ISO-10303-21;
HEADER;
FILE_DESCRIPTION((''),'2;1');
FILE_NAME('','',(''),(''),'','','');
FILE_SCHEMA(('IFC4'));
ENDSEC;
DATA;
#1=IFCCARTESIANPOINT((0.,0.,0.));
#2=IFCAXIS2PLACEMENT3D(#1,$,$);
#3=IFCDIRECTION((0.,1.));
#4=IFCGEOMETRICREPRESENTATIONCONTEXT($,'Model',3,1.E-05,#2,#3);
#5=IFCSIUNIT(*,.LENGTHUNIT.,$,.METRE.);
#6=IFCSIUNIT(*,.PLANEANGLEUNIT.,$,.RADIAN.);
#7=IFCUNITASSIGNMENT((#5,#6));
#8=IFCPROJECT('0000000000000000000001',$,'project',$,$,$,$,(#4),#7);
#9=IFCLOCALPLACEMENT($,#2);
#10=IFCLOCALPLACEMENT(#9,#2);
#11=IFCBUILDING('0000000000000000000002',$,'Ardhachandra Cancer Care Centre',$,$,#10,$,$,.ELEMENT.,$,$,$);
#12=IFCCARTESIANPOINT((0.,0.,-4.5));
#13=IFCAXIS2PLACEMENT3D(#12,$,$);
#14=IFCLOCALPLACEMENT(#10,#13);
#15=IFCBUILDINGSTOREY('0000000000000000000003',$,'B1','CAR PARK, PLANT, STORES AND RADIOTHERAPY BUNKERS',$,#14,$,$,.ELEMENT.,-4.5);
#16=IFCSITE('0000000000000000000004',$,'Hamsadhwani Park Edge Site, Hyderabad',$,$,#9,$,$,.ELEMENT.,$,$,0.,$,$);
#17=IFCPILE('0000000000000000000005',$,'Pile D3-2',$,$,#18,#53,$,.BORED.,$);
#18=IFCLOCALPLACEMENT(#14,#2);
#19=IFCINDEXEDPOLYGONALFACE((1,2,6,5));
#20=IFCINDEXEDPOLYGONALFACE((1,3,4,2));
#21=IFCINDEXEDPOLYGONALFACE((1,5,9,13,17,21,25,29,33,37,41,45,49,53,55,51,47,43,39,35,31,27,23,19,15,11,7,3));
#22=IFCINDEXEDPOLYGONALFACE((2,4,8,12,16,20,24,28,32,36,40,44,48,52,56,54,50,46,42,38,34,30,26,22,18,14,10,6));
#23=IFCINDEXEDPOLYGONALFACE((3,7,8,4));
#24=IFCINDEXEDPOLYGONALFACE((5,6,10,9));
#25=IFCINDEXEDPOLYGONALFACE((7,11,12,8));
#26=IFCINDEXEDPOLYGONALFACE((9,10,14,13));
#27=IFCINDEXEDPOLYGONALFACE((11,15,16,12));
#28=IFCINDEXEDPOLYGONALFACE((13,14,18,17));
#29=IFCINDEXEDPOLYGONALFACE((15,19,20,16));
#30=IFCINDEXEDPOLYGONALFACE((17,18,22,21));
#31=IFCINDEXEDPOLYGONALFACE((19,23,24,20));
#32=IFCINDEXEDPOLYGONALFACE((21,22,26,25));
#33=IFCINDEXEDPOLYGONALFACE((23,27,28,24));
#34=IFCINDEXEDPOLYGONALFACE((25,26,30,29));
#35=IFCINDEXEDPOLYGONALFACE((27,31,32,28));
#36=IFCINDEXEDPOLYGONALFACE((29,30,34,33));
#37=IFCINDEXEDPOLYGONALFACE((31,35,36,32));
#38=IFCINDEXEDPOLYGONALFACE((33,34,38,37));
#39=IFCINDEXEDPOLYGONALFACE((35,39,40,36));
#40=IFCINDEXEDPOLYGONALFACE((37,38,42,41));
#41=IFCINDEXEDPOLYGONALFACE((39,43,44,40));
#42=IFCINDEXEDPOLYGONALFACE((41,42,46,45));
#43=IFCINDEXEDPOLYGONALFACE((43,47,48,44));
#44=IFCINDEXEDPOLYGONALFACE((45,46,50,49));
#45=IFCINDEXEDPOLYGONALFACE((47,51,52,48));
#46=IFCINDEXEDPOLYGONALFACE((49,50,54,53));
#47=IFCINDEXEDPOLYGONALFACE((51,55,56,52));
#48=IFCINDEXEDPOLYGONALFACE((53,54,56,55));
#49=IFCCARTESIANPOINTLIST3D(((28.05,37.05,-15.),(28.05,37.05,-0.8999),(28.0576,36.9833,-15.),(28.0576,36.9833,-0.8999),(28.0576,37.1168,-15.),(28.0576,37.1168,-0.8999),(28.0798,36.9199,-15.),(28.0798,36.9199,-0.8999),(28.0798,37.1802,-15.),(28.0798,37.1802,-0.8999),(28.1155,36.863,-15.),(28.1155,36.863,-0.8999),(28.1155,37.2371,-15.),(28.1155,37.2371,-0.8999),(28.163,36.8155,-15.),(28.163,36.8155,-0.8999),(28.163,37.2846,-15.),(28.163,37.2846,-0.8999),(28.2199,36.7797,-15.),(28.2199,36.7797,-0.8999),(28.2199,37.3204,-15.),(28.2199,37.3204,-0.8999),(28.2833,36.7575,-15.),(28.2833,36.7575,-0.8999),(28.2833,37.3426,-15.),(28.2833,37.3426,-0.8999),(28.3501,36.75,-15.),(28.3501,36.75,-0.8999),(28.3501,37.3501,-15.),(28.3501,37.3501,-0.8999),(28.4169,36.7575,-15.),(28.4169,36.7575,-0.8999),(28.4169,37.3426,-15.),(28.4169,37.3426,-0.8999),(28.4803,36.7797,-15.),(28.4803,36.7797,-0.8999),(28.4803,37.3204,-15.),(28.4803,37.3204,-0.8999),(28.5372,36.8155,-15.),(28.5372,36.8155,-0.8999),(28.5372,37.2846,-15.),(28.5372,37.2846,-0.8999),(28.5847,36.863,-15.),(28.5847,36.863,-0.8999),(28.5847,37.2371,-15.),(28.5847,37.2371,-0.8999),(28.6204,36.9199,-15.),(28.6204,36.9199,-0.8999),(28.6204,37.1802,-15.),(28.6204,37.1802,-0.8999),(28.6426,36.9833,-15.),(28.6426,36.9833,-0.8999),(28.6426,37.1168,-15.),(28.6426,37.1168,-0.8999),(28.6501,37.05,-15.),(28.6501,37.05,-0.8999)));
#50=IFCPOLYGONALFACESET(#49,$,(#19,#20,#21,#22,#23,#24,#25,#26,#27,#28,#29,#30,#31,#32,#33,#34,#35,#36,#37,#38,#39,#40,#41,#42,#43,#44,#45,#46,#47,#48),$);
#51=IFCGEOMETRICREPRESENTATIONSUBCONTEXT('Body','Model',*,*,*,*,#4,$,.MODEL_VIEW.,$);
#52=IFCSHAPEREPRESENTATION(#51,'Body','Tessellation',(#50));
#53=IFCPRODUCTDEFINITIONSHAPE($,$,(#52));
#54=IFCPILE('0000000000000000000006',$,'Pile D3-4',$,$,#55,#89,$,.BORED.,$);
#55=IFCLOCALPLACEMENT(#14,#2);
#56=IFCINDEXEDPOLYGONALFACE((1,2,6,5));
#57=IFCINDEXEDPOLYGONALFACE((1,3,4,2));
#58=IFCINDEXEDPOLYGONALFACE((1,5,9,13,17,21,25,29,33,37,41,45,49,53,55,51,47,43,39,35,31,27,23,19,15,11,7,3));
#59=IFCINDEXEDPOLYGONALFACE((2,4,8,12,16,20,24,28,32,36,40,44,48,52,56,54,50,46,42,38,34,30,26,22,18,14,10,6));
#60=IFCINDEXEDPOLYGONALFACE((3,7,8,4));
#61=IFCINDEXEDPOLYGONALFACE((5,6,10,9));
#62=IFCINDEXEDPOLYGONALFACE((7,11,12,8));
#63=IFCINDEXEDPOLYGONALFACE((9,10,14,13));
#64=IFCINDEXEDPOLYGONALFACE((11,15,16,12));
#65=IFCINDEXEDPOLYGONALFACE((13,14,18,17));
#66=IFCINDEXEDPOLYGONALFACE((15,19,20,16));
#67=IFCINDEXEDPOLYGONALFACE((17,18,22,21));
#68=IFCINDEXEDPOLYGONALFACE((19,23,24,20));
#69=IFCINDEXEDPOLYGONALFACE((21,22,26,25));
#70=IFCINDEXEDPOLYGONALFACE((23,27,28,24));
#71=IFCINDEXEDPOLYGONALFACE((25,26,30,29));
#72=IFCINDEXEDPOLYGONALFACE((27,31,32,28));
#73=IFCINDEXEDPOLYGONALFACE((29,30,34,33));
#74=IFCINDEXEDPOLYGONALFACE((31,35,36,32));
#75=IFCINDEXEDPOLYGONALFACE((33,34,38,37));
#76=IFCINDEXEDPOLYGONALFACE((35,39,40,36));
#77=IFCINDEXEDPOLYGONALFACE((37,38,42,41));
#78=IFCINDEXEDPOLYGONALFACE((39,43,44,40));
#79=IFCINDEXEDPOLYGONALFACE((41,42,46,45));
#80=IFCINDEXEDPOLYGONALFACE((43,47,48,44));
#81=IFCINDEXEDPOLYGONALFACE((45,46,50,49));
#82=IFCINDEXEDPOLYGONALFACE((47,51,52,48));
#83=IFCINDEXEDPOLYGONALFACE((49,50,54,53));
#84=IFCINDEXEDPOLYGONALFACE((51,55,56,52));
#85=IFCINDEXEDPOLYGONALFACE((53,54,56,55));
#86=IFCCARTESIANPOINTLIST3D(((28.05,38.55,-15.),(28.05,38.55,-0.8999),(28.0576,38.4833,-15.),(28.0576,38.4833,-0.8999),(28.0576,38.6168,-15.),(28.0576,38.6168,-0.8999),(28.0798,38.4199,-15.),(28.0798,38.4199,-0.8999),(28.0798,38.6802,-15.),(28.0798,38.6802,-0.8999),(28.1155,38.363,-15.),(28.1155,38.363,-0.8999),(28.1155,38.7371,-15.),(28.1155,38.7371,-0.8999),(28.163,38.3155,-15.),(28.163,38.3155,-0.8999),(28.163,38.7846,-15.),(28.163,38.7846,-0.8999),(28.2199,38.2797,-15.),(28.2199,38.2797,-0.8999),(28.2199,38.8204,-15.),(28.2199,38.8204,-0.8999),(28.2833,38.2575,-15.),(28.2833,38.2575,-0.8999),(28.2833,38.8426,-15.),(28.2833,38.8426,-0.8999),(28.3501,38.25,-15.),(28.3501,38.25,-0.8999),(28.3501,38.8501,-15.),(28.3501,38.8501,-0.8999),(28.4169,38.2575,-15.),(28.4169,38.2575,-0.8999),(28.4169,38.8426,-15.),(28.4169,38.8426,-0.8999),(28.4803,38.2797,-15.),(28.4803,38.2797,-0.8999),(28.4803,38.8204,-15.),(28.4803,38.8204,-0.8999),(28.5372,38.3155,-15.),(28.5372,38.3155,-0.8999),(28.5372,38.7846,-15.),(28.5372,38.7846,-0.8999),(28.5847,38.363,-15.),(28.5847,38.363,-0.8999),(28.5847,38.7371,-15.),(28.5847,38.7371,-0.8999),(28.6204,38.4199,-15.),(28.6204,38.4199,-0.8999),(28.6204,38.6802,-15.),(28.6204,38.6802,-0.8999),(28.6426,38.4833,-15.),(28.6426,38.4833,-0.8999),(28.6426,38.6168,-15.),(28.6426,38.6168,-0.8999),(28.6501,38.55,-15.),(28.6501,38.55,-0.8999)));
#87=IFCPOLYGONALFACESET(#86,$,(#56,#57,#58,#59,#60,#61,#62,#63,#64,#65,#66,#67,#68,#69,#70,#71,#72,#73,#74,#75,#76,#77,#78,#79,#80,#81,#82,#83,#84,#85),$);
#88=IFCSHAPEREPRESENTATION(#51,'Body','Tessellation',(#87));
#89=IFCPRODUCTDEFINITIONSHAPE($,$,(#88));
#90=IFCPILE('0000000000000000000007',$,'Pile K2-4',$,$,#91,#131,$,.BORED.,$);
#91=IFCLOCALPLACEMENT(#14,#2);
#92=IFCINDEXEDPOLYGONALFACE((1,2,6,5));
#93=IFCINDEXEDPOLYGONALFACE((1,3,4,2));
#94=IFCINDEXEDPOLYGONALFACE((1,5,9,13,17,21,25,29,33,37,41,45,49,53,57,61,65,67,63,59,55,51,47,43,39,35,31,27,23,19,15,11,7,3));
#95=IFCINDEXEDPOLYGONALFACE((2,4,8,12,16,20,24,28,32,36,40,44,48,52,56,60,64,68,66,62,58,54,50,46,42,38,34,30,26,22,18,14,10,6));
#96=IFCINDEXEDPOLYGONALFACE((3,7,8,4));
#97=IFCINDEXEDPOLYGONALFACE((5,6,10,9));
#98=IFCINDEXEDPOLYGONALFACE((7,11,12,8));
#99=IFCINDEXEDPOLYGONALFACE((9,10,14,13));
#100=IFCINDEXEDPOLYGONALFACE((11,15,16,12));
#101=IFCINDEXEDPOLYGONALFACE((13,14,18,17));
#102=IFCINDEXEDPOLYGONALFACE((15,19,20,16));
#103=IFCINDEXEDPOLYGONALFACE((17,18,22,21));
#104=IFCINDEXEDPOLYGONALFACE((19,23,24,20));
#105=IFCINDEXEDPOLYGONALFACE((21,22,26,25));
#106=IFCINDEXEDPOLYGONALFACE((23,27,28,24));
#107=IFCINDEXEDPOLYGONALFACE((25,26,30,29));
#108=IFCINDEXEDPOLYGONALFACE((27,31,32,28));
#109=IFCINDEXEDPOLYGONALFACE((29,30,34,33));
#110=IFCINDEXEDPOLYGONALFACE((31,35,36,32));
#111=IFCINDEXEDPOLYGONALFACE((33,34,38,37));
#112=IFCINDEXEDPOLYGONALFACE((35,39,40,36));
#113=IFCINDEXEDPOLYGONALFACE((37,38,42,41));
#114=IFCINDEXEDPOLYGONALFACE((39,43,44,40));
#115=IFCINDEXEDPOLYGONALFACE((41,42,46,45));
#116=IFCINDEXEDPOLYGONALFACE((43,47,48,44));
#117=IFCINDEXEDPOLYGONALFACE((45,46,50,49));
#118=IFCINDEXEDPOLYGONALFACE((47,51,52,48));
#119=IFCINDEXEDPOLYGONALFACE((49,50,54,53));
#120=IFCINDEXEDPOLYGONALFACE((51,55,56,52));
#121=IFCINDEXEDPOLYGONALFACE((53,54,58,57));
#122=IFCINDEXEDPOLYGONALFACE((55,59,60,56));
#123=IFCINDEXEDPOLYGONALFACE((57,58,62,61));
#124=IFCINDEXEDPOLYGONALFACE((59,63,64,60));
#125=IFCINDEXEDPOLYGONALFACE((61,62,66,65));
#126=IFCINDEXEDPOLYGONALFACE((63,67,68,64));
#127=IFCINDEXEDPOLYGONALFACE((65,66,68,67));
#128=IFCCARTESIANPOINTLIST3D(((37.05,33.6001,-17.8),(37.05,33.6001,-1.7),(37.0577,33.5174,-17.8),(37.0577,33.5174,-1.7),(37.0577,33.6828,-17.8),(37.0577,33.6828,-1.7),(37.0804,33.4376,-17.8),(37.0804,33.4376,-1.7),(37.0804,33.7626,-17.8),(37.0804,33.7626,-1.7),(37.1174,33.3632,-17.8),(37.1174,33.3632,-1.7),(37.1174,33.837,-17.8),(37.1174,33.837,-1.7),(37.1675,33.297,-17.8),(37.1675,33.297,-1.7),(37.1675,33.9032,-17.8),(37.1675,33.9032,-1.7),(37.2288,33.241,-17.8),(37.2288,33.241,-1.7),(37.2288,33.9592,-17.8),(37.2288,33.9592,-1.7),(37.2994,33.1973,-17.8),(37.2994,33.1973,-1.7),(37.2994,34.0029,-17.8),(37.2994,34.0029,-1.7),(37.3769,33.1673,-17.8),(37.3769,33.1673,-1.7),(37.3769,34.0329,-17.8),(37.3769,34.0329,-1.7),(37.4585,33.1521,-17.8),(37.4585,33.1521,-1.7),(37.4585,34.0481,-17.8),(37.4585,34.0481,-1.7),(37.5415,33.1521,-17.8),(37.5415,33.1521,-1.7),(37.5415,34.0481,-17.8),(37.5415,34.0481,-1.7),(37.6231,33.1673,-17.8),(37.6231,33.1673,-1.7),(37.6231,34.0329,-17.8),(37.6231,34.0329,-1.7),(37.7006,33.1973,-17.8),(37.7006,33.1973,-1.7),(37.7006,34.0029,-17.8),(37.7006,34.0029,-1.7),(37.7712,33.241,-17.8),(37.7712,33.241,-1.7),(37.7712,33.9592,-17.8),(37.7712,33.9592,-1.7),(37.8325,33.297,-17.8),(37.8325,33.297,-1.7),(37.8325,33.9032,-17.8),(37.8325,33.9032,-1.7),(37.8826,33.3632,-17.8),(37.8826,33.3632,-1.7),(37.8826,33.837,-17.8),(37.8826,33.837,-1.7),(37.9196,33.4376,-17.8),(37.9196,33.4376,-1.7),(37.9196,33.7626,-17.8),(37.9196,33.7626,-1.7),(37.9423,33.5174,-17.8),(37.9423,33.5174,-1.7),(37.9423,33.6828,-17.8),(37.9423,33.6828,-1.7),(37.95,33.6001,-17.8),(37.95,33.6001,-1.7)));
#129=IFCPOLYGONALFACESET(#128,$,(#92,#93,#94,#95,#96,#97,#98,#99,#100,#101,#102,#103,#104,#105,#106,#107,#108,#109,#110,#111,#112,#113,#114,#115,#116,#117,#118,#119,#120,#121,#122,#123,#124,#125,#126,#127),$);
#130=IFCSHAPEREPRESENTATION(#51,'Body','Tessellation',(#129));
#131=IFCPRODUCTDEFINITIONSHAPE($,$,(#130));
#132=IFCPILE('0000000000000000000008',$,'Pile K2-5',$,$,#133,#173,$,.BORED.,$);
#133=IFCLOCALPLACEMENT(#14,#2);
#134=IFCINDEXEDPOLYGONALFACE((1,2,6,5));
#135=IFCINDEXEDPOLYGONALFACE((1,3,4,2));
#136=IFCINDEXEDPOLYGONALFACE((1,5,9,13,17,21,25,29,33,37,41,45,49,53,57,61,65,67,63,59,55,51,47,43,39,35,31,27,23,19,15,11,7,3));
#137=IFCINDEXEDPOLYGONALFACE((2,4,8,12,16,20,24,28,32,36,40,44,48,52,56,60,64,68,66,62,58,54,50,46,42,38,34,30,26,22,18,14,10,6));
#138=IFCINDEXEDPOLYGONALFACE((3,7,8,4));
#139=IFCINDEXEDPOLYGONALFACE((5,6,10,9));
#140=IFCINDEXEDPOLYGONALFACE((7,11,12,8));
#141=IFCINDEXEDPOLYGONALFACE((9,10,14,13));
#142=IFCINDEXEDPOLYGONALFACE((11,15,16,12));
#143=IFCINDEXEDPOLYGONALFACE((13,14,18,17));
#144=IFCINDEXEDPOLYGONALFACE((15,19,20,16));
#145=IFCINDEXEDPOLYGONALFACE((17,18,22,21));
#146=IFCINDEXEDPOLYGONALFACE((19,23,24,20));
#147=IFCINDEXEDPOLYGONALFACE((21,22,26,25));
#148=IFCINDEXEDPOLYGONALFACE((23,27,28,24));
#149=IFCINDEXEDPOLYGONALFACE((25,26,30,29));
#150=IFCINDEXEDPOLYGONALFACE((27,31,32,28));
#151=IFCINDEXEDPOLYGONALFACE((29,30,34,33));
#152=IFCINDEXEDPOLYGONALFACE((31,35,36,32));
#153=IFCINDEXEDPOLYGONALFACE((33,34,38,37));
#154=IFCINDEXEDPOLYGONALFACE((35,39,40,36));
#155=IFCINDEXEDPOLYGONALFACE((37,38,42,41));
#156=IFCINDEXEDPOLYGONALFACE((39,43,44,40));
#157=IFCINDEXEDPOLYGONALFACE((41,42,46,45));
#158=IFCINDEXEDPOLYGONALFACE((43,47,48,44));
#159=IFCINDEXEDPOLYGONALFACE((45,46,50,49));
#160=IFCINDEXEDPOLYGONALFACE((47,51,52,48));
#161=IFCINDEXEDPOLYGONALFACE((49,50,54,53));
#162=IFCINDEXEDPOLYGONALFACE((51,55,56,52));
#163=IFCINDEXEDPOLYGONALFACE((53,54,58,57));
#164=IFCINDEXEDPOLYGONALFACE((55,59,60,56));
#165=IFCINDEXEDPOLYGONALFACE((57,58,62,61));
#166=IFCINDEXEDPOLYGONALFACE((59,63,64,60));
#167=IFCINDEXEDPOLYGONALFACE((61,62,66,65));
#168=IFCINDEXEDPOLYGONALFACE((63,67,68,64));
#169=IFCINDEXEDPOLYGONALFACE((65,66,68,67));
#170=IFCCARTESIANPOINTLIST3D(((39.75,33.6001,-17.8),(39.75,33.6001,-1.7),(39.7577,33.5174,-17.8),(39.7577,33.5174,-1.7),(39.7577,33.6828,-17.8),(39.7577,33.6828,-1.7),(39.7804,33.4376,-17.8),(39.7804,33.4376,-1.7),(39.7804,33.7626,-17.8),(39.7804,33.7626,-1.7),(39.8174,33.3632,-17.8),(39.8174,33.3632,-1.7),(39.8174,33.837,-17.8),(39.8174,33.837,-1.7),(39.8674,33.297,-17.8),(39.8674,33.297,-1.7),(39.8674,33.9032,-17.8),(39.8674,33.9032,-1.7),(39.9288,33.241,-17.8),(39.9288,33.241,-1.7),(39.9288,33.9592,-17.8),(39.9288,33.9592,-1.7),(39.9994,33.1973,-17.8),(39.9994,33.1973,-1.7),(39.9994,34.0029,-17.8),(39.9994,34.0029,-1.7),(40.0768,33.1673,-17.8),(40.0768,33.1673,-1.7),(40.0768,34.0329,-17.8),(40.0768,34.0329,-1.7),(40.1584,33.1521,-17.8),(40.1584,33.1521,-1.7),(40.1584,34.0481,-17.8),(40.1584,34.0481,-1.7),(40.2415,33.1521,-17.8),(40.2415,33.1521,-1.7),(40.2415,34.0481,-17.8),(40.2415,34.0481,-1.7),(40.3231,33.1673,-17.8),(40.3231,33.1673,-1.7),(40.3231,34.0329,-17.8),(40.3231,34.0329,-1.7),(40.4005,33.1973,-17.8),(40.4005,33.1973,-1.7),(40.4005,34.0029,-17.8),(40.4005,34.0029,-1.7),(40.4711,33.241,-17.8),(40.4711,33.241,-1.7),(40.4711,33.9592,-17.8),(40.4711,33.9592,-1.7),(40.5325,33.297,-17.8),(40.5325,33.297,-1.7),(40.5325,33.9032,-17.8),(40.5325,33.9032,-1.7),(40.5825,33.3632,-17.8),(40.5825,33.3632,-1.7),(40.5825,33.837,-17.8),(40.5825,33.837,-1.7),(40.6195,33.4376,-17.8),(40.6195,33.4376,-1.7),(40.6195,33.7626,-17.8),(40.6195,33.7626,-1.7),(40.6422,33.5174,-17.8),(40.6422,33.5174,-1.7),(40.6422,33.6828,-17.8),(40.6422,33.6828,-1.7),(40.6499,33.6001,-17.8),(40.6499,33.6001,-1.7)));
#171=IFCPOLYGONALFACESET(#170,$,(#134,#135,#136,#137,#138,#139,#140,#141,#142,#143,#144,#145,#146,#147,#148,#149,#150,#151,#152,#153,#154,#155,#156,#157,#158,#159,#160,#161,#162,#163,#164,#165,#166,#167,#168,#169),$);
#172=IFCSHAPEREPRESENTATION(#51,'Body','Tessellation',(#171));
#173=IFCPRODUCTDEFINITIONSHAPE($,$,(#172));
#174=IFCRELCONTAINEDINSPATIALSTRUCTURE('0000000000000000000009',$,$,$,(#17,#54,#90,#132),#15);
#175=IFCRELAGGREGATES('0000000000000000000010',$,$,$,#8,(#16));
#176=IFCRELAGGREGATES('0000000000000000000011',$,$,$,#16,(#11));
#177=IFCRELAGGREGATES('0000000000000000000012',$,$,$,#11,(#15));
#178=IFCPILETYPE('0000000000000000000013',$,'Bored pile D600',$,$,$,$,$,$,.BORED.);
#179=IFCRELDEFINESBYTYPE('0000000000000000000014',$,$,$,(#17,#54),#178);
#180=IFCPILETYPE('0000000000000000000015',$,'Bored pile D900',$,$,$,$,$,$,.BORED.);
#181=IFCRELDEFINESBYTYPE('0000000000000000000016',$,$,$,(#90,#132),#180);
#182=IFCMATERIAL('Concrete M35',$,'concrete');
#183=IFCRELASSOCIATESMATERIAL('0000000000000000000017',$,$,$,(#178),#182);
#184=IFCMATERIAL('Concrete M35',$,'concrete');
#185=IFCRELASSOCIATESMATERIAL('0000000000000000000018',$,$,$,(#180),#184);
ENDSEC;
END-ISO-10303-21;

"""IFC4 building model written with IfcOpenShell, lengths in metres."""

from ifc_helpers import new_model, si_unit, direction, frame, origin, origin_2d, place, context, subcontext, project, spatial, circle, extrude, material, material_profile, profile_set, type_object, element, save


model = new_model("IFC4")

# Units and contexts
model_context = context("Model", 3, precision=1e-05, world=origin(), true_north=direction((0.0, 1.0)))
body_context = subcontext(model_context, "Body", "Model", "MODEL_VIEW")
ifc_project = project(units=[si_unit("LENGTHUNIT", "METRE"), si_unit("PLANEANGLEUNIT", "RADIAN")], contexts=[model_context])

# Site, building, storey
site_placement = place(None, origin())
site = spatial("IfcSite", under=ifc_project, at=site_placement, Name="Hamsadhwani Park Edge Site, Hyderabad", CompositionType="ELEMENT", RefElevation=0.0)
building_placement = place(site_placement, origin())
building = spatial("IfcBuilding", under=site, at=building_placement, Name="Ardhachandra Cancer Care Centre", CompositionType="ELEMENT")
storey_placement = place(building_placement, frame((0.0, 0.0, -4.5)))
storey = spatial("IfcBuildingStorey", under=building, at=storey_placement, Name="B1", Description="CAR PARK, PLANT, STORES AND RADIOTHERAPY BUNKERS", CompositionType="ELEMENT", Elevation=-4.5)

# Piles
ifc_material_1 = material(Name="Concrete M35", Category="concrete")
ifc_material_profile_1 = material_profile(ifc_material_1, circle(Radius=0.3, at=origin_2d()), Name="D600")
ifc_profile_set_1 = profile_set([ifc_material_profile_1], Name="Concrete M35")
pile_type_1 = type_object("IfcPileType", Name="Bored pile D600", PredefinedType="BORED", material=ifc_profile_set_1)
for number, where, z_axis, x_axis, name in (
    (1, (28.3501, 37.05, -0.8999), (0.0, 0.0, -1.0), (1.0, 0.0, 0.0), "Pile D3-2"),
    (2, (28.3501, 38.55, -0.8999), (0.0, 0.0, -1.0), (1.0, 0.0, 0.0), "Pile D3-4"),
):
    element("IfcPile", number, at=place(storey_placement, frame(where, z_axis=z_axis, x_axis=x_axis)), inside=storey, type_object=pile_type_1, Name=name, PredefinedType="BORED", context=body_context, shape_type="SweptSolid", body=[
        extrude(circle(Radius=0.3, at=origin_2d()), origin(), (0.0, 0.0, 1.0), 14.1001),
    ])
ifc_material_2 = material(Name="Concrete M35", Category="concrete")
ifc_material_profile_2 = material_profile(ifc_material_2, circle(Radius=0.45, at=origin_2d()), Name="D900")
ifc_profile_set_2 = profile_set([ifc_material_profile_2], Name="Concrete M35")
pile_type_2 = type_object("IfcPileType", Name="Bored pile D900", PredefinedType="BORED", material=ifc_profile_set_2)
for number, where, z_axis, x_axis, name in (
    (3, (37.5, 33.6001, -1.7), (0.0, 0.0, -1.0), (1.0, 0.0, 0.0), "Pile K2-4"),
    (4, (40.2, 33.6001, -1.7), (0.0, 0.0, -1.0), (1.0, 0.0, 0.0), "Pile K2-5"),
):
    element("IfcPile", number, at=place(storey_placement, frame(where, z_axis=z_axis, x_axis=x_axis)), inside=storey, type_object=pile_type_2, Name=name, PredefinedType="BORED", context=body_context, shape_type="SweptSolid", body=[
        extrude(circle(Radius=0.45, at=origin_2d()), origin(), (0.0, 0.0, 1.0), 16.1001),
    ])

save(model, "model.ifc")
